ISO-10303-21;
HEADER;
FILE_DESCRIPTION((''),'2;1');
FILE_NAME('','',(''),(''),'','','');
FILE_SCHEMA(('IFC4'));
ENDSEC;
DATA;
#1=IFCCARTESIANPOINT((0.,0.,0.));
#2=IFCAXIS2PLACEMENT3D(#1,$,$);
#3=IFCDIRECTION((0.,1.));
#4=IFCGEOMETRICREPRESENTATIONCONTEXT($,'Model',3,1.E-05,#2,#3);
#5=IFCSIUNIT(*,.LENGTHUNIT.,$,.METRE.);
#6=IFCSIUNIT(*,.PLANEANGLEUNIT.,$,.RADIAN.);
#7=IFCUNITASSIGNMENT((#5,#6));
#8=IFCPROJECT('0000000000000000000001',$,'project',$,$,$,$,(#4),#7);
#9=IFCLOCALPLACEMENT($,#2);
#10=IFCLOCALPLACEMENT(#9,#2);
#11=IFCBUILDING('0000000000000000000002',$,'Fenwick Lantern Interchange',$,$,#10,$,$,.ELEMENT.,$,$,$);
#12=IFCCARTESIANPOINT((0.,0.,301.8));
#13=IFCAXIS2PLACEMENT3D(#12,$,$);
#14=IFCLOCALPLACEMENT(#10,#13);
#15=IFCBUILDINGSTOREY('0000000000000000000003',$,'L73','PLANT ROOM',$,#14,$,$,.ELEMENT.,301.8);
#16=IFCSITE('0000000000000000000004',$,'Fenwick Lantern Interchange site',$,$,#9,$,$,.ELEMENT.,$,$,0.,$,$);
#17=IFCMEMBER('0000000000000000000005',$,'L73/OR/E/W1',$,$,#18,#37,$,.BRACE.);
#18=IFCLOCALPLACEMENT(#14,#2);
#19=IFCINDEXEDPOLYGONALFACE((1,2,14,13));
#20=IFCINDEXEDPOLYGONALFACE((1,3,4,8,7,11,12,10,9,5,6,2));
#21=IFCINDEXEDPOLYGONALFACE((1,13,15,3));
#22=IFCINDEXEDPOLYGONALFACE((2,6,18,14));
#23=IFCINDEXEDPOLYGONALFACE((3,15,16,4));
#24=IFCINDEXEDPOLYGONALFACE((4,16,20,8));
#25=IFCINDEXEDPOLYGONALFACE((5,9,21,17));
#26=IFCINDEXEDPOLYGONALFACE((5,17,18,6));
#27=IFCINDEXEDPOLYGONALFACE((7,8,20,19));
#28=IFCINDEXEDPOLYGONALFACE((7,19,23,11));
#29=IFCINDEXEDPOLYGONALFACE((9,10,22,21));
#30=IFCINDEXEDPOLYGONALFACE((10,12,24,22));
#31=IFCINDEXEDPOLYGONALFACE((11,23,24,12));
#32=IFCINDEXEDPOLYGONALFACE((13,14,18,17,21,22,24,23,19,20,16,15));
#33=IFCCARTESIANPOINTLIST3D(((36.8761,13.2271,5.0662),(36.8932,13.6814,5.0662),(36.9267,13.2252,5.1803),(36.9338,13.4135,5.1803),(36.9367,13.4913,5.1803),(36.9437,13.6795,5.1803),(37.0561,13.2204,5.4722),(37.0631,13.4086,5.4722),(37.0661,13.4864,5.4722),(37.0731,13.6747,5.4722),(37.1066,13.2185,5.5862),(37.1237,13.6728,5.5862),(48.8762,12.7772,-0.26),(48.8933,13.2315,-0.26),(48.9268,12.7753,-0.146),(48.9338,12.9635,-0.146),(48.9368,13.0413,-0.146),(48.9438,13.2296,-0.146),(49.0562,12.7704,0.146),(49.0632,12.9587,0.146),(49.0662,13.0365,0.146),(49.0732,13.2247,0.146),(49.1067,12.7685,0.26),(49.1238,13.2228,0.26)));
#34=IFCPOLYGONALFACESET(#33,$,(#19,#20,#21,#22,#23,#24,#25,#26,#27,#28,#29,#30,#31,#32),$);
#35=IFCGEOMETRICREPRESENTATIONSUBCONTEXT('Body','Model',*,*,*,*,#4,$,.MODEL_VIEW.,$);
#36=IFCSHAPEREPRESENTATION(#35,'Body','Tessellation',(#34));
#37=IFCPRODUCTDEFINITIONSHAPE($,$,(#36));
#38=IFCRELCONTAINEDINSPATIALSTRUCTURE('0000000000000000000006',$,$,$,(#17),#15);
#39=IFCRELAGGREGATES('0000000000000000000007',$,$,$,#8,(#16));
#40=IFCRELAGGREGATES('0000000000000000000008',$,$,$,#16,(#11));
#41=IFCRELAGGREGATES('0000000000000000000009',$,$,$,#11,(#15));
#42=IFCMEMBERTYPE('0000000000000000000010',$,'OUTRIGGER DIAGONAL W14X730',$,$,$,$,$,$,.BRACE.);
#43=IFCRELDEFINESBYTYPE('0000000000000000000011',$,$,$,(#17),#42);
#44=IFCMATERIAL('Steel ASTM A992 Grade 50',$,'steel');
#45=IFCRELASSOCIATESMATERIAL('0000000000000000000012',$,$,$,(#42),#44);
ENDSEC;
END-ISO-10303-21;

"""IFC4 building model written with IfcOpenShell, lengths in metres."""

from ifc_helpers import new_model, si_unit, direction, frame, origin, origin_2d, place, context, subcontext, project, spatial, i_section, extrude, material, material_profile, profile_set, type_object, element, save


model = new_model("IFC4")

# Units and contexts
model_context = context("Model", 3, precision=1e-05, world=origin(), true_north=direction((0.0, 1.0)))
body_context = subcontext(model_context, "Body", "Model", "MODEL_VIEW")
ifc_project = project(units=[si_unit("LENGTHUNIT", "METRE"), si_unit("PLANEANGLEUNIT", "RADIAN")], contexts=[model_context])

# Site, building, storey
site_placement = place(None, origin())
site = spatial("IfcSite", under=ifc_project, at=site_placement, Name="Fenwick Lantern Interchange site", CompositionType="ELEMENT", RefElevation=0.0)
building_placement = place(site_placement, origin())
building = spatial("IfcBuilding", under=site, at=building_placement, Name="Fenwick Lantern Interchange", CompositionType="ELEMENT")
storey_placement = place(building_placement, frame((0.0, 0.0, 301.8)))
storey = spatial("IfcBuildingStorey", under=building, at=storey_placement, Name="L73", Description="PLANT ROOM", CompositionType="ELEMENT", Elevation=301.8)

# Shared definitions
ifc_material_1 = material(Name="Steel ASTM A992 Grade 50", Category="steel")

# Member
ifc_material_profile_1 = material_profile(ifc_material_1, i_section(OverallWidth=0.4546, OverallDepth=0.5688, WebThickness=0.0779, FlangeThickness=0.1248, at=origin_2d()), Name="W14X730")
ifc_profile_set_1 = profile_set([ifc_material_profile_1], Name="Steel ASTM A992 Grade 50")
member_type_1 = type_object("IfcMemberType", Name="OUTRIGGER DIAGONAL W14X730", PredefinedType="BRACE", material=ifc_profile_set_1)
member_1_placement = place(storey_placement, frame((49.0, 13.0, 0.0), z_axis=(-0.913478, 0.034252, 0.405445), x_axis=(-0.03747, -0.999298, 0.0)))
element("IfcMember", 1, at=member_1_placement, inside=storey, type_object=member_type_1, Name="L73/OR/E/W1", PredefinedType="BRACE", context=body_context, shape_type="SweptSolid", body=[
    extrude(i_section(OverallWidth=0.4546, OverallDepth=0.5688, WebThickness=0.0779, FlangeThickness=0.1248, at=origin_2d()), origin(), (0.0, 0.0, 1.0), 13.1367),
])

save(model, "model.ifc")
